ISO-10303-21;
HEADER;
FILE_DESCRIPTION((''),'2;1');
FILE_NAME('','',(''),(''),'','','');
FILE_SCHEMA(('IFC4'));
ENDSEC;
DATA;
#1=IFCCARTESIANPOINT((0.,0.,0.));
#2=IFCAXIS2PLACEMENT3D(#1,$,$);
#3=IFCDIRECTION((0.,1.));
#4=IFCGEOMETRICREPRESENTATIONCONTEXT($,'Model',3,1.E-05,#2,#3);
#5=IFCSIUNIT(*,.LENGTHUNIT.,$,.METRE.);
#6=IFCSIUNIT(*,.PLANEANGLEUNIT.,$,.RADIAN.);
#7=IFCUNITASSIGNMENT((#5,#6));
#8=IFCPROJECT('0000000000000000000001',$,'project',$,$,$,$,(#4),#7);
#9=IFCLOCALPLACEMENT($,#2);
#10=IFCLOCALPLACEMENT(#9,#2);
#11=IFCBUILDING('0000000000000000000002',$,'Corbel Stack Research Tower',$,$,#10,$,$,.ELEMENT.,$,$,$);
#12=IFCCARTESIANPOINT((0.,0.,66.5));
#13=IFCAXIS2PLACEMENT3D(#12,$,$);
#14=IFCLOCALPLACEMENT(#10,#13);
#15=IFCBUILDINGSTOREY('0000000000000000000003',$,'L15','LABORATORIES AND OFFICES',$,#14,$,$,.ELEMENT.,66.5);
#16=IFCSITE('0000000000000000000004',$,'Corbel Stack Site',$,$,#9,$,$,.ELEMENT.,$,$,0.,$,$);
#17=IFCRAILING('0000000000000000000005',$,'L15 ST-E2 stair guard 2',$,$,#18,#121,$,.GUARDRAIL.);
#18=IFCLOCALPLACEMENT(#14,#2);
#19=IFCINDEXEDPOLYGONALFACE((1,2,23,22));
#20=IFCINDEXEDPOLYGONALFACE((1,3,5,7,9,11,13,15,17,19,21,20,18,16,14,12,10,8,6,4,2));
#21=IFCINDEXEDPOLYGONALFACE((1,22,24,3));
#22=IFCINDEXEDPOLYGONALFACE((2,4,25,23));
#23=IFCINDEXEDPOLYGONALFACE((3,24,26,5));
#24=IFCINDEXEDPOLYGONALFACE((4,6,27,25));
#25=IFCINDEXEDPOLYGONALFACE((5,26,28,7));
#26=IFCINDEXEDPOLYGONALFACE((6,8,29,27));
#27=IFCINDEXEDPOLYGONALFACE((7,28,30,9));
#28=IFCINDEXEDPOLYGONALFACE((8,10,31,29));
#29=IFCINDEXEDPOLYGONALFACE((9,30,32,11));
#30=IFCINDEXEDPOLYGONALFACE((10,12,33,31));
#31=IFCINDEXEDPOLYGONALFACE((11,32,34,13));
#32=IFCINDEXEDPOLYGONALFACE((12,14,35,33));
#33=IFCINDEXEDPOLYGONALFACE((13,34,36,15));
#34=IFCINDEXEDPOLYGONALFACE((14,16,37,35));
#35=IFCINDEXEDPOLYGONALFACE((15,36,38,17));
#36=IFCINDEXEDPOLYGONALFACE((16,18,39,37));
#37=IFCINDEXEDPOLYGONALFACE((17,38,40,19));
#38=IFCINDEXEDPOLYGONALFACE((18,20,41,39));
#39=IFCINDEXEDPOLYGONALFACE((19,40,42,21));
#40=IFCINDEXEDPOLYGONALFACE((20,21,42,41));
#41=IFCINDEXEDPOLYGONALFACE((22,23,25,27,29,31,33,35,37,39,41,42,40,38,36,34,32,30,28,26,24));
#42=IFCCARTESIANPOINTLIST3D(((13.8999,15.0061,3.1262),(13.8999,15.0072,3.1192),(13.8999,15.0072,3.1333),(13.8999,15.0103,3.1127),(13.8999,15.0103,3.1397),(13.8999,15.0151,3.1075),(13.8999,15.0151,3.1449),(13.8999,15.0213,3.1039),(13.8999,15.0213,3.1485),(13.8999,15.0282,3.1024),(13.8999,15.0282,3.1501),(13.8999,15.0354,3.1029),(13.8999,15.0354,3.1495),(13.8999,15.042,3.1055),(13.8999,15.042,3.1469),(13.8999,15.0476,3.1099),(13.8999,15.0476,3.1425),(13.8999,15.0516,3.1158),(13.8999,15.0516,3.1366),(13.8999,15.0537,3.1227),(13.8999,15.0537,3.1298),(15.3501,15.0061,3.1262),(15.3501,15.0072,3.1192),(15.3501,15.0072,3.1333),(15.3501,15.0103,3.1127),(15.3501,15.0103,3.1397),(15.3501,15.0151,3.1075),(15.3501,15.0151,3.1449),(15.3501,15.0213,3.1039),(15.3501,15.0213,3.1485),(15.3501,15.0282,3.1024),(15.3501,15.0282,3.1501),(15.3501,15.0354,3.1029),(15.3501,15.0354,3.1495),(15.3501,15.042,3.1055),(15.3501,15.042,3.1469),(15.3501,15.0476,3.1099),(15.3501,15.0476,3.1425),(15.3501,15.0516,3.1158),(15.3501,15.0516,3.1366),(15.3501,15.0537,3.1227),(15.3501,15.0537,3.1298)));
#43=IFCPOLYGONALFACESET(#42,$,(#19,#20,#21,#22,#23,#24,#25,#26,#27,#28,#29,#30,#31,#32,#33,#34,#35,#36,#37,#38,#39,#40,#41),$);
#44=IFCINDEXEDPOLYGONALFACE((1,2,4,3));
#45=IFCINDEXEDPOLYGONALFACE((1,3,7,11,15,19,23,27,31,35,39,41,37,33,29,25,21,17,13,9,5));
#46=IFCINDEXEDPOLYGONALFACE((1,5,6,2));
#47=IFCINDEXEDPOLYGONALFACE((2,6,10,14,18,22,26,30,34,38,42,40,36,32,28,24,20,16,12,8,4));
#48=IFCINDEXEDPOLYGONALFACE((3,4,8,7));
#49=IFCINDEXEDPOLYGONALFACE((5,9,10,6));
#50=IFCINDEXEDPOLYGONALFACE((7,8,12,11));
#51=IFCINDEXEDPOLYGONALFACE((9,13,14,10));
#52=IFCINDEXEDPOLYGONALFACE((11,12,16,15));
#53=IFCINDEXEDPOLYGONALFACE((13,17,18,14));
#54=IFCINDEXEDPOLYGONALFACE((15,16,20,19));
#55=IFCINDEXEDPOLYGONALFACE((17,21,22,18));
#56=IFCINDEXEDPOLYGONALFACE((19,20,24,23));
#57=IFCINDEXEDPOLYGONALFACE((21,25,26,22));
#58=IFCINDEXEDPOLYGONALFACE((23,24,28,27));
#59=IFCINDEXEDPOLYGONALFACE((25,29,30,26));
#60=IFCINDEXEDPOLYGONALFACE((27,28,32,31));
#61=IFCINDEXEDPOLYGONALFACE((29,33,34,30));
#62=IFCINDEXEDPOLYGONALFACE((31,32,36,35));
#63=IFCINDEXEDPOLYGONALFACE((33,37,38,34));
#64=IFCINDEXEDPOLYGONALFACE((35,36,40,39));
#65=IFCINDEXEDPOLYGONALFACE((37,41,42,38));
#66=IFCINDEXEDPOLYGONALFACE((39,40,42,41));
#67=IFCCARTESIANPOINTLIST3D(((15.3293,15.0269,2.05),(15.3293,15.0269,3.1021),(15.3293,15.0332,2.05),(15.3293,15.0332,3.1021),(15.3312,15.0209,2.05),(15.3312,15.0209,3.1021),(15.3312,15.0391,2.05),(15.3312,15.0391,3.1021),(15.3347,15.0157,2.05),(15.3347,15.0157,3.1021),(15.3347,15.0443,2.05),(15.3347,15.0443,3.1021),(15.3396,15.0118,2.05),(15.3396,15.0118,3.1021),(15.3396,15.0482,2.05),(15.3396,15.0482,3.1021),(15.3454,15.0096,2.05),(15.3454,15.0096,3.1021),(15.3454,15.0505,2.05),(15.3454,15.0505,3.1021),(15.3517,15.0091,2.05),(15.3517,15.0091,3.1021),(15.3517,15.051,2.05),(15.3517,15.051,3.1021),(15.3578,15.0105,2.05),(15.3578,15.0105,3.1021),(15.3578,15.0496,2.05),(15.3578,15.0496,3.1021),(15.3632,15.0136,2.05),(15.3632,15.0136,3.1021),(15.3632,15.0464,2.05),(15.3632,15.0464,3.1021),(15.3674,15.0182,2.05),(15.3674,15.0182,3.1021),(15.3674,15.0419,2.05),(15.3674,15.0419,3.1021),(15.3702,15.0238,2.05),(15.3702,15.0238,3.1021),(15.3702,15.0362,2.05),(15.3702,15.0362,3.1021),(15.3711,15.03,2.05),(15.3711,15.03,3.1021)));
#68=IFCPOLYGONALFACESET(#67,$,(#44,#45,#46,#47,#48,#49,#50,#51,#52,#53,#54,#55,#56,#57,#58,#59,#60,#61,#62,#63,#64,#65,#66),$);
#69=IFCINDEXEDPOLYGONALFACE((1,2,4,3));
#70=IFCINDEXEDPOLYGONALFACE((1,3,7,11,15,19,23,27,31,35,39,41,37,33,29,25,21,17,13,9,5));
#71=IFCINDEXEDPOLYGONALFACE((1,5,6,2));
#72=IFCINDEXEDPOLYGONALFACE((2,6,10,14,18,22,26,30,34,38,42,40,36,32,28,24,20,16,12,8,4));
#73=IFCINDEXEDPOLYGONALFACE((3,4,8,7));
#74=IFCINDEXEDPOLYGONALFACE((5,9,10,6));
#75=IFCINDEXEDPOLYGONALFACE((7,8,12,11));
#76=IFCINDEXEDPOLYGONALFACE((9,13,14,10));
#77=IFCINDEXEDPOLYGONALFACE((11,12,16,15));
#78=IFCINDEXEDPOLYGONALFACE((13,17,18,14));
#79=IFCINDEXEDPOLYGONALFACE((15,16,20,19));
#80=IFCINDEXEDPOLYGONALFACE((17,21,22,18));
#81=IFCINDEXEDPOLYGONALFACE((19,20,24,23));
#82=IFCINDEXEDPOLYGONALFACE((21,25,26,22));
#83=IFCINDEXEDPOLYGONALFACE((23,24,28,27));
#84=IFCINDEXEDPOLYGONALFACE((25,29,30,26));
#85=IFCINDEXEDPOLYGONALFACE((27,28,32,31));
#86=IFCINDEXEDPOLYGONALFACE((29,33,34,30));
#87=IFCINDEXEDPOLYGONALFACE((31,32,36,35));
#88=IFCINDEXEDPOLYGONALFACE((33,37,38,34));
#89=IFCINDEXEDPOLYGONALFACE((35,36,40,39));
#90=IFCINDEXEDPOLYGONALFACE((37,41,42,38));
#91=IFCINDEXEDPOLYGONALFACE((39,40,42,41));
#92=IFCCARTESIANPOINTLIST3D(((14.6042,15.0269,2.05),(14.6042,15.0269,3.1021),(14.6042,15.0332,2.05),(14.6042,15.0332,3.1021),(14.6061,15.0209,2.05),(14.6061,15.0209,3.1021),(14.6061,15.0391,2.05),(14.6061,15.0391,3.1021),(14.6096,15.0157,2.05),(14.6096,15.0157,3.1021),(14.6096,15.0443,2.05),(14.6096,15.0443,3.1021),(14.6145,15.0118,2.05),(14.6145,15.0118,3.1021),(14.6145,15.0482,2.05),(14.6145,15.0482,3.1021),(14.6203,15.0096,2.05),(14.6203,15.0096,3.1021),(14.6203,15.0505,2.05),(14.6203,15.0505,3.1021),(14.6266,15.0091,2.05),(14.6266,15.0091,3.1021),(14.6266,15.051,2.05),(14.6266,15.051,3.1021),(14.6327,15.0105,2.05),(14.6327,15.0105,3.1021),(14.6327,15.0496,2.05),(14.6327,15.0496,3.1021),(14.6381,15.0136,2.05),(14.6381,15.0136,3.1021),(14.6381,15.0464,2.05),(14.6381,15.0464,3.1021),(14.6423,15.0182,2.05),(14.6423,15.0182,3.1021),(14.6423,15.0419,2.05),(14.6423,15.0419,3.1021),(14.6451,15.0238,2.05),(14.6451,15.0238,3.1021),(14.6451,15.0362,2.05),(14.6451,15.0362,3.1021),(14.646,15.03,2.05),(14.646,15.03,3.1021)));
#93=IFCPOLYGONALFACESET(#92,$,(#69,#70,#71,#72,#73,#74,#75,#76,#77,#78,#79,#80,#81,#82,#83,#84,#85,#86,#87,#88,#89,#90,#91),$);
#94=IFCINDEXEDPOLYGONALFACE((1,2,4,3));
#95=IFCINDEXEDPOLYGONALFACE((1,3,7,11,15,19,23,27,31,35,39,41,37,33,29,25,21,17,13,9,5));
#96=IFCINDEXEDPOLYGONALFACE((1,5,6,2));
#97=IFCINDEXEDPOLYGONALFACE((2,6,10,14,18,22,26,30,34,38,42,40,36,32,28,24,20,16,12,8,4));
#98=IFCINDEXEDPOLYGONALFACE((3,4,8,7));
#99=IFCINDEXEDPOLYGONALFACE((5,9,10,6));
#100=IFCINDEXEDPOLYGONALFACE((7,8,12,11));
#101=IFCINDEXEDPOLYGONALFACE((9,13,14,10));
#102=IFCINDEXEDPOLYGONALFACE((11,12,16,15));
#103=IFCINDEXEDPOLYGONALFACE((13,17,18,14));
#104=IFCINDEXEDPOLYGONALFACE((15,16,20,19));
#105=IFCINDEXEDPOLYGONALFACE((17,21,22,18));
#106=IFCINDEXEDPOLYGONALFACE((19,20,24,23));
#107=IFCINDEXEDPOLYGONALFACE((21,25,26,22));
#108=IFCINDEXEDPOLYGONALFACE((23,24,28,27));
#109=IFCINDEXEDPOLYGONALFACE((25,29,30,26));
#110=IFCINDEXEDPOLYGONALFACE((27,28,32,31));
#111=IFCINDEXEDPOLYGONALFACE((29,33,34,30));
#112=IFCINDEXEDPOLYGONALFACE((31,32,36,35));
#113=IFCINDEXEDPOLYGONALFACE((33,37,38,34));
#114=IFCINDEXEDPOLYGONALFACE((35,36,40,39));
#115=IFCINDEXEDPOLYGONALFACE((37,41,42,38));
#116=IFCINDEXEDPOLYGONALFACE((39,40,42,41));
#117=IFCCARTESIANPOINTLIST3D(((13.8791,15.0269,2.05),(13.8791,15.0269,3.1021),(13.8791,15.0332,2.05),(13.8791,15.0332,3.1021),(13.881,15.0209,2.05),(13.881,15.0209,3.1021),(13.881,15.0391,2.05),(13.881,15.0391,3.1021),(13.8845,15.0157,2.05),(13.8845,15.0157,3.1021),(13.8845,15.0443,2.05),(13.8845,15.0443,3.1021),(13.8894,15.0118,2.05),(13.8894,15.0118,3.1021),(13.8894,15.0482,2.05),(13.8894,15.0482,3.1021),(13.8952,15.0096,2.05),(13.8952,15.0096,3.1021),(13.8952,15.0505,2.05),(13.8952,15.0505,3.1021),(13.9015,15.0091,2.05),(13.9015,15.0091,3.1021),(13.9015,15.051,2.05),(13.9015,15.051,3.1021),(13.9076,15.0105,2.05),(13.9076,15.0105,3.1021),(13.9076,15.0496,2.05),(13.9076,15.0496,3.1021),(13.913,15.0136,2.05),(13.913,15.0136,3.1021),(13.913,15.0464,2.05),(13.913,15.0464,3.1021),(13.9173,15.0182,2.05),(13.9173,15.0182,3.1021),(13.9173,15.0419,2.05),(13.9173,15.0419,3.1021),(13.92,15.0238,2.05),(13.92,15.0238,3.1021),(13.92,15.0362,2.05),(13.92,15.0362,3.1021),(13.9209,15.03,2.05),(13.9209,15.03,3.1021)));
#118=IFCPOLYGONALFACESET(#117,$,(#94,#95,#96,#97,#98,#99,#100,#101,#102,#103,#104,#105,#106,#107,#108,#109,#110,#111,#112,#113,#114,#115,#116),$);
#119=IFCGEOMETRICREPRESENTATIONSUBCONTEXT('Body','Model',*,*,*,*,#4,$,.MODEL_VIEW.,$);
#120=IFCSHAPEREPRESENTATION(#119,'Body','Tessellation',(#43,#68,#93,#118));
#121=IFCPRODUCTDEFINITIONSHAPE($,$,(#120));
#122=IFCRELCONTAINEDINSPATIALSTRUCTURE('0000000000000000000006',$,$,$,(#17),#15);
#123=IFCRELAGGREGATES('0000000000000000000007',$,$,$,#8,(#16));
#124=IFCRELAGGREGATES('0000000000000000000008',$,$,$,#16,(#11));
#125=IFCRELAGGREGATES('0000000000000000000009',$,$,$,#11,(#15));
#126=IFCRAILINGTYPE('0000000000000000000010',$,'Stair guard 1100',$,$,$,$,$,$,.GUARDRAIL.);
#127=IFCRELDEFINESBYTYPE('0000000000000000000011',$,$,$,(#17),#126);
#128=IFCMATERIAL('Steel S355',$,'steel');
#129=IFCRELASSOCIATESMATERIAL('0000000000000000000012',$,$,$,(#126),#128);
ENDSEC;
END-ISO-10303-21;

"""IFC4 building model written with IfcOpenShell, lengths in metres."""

from ifc_helpers import new_model, si_unit, direction, frame, origin, origin_2d, place, context, subcontext, project, spatial, circle, extrude, material, type_object, element, save


model = new_model("IFC4")

# Units and contexts
model_context = context("Model", 3, precision=1e-05, world=origin(), true_north=direction((0.0, 1.0)))
body_context = subcontext(model_context, "Body", "Model", "MODEL_VIEW")
ifc_project = project(units=[si_unit("LENGTHUNIT", "METRE"), si_unit("PLANEANGLEUNIT", "RADIAN")], contexts=[model_context])

# Site, building, storey
site_placement = place(None, origin())
site = spatial("IfcSite", under=ifc_project, at=site_placement, Name="Corbel Stack Site", CompositionType="ELEMENT", RefElevation=0.0)
building_placement = place(site_placement, origin())
building = spatial("IfcBuilding", under=site, at=building_placement, Name="Corbel Stack Research Tower", CompositionType="ELEMENT")
storey_placement = place(building_placement, frame((0.0, 0.0, 66.5)))
storey = spatial("IfcBuildingStorey", under=building, at=storey_placement, Name="L15", Description="LABORATORIES AND OFFICES", CompositionType="ELEMENT", Elevation=66.5)

# Railing
ifc_material_1 = material(Name="Steel S355", Category="steel")
railing_type_1 = type_object("IfcRailingType", Name="Stair guard 1100", PredefinedType="GUARDRAIL", material=ifc_material_1)
railing_1_placement = place(storey_placement, frame((15.3501, 15.03, 2.05)))
element("IfcRailing", 1, at=railing_1_placement, inside=storey, type_object=railing_type_1, Name="L15 ST-E2 stair guard 2", PredefinedType="GUARDRAIL", context=body_context, shape_type="SweptSolid", body=[
    extrude(circle(Radius=0.0239, at=origin_2d()), frame((0.0, 0.0, 1.0762), z_axis=(-1.0, 0.0, 0.0), x_axis=(0.0, -1.0, 0.0)), (0.0, 0.0, 1.0), 1.4502),
    extrude(circle(Radius=0.021, at=origin_2d()), origin(), (0.0, 0.0, 1.0), 1.052),
    extrude(circle(Radius=0.021, at=origin_2d()), frame((-0.7251, 0.0, 0.0)), (0.0, 0.0, 1.0), 1.052),
    extrude(circle(Radius=0.021, at=origin_2d()), frame((-1.4502, 0.0, 0.0)), (0.0, 0.0, 1.0), 1.052),
])

save(model, "model.ifc")
